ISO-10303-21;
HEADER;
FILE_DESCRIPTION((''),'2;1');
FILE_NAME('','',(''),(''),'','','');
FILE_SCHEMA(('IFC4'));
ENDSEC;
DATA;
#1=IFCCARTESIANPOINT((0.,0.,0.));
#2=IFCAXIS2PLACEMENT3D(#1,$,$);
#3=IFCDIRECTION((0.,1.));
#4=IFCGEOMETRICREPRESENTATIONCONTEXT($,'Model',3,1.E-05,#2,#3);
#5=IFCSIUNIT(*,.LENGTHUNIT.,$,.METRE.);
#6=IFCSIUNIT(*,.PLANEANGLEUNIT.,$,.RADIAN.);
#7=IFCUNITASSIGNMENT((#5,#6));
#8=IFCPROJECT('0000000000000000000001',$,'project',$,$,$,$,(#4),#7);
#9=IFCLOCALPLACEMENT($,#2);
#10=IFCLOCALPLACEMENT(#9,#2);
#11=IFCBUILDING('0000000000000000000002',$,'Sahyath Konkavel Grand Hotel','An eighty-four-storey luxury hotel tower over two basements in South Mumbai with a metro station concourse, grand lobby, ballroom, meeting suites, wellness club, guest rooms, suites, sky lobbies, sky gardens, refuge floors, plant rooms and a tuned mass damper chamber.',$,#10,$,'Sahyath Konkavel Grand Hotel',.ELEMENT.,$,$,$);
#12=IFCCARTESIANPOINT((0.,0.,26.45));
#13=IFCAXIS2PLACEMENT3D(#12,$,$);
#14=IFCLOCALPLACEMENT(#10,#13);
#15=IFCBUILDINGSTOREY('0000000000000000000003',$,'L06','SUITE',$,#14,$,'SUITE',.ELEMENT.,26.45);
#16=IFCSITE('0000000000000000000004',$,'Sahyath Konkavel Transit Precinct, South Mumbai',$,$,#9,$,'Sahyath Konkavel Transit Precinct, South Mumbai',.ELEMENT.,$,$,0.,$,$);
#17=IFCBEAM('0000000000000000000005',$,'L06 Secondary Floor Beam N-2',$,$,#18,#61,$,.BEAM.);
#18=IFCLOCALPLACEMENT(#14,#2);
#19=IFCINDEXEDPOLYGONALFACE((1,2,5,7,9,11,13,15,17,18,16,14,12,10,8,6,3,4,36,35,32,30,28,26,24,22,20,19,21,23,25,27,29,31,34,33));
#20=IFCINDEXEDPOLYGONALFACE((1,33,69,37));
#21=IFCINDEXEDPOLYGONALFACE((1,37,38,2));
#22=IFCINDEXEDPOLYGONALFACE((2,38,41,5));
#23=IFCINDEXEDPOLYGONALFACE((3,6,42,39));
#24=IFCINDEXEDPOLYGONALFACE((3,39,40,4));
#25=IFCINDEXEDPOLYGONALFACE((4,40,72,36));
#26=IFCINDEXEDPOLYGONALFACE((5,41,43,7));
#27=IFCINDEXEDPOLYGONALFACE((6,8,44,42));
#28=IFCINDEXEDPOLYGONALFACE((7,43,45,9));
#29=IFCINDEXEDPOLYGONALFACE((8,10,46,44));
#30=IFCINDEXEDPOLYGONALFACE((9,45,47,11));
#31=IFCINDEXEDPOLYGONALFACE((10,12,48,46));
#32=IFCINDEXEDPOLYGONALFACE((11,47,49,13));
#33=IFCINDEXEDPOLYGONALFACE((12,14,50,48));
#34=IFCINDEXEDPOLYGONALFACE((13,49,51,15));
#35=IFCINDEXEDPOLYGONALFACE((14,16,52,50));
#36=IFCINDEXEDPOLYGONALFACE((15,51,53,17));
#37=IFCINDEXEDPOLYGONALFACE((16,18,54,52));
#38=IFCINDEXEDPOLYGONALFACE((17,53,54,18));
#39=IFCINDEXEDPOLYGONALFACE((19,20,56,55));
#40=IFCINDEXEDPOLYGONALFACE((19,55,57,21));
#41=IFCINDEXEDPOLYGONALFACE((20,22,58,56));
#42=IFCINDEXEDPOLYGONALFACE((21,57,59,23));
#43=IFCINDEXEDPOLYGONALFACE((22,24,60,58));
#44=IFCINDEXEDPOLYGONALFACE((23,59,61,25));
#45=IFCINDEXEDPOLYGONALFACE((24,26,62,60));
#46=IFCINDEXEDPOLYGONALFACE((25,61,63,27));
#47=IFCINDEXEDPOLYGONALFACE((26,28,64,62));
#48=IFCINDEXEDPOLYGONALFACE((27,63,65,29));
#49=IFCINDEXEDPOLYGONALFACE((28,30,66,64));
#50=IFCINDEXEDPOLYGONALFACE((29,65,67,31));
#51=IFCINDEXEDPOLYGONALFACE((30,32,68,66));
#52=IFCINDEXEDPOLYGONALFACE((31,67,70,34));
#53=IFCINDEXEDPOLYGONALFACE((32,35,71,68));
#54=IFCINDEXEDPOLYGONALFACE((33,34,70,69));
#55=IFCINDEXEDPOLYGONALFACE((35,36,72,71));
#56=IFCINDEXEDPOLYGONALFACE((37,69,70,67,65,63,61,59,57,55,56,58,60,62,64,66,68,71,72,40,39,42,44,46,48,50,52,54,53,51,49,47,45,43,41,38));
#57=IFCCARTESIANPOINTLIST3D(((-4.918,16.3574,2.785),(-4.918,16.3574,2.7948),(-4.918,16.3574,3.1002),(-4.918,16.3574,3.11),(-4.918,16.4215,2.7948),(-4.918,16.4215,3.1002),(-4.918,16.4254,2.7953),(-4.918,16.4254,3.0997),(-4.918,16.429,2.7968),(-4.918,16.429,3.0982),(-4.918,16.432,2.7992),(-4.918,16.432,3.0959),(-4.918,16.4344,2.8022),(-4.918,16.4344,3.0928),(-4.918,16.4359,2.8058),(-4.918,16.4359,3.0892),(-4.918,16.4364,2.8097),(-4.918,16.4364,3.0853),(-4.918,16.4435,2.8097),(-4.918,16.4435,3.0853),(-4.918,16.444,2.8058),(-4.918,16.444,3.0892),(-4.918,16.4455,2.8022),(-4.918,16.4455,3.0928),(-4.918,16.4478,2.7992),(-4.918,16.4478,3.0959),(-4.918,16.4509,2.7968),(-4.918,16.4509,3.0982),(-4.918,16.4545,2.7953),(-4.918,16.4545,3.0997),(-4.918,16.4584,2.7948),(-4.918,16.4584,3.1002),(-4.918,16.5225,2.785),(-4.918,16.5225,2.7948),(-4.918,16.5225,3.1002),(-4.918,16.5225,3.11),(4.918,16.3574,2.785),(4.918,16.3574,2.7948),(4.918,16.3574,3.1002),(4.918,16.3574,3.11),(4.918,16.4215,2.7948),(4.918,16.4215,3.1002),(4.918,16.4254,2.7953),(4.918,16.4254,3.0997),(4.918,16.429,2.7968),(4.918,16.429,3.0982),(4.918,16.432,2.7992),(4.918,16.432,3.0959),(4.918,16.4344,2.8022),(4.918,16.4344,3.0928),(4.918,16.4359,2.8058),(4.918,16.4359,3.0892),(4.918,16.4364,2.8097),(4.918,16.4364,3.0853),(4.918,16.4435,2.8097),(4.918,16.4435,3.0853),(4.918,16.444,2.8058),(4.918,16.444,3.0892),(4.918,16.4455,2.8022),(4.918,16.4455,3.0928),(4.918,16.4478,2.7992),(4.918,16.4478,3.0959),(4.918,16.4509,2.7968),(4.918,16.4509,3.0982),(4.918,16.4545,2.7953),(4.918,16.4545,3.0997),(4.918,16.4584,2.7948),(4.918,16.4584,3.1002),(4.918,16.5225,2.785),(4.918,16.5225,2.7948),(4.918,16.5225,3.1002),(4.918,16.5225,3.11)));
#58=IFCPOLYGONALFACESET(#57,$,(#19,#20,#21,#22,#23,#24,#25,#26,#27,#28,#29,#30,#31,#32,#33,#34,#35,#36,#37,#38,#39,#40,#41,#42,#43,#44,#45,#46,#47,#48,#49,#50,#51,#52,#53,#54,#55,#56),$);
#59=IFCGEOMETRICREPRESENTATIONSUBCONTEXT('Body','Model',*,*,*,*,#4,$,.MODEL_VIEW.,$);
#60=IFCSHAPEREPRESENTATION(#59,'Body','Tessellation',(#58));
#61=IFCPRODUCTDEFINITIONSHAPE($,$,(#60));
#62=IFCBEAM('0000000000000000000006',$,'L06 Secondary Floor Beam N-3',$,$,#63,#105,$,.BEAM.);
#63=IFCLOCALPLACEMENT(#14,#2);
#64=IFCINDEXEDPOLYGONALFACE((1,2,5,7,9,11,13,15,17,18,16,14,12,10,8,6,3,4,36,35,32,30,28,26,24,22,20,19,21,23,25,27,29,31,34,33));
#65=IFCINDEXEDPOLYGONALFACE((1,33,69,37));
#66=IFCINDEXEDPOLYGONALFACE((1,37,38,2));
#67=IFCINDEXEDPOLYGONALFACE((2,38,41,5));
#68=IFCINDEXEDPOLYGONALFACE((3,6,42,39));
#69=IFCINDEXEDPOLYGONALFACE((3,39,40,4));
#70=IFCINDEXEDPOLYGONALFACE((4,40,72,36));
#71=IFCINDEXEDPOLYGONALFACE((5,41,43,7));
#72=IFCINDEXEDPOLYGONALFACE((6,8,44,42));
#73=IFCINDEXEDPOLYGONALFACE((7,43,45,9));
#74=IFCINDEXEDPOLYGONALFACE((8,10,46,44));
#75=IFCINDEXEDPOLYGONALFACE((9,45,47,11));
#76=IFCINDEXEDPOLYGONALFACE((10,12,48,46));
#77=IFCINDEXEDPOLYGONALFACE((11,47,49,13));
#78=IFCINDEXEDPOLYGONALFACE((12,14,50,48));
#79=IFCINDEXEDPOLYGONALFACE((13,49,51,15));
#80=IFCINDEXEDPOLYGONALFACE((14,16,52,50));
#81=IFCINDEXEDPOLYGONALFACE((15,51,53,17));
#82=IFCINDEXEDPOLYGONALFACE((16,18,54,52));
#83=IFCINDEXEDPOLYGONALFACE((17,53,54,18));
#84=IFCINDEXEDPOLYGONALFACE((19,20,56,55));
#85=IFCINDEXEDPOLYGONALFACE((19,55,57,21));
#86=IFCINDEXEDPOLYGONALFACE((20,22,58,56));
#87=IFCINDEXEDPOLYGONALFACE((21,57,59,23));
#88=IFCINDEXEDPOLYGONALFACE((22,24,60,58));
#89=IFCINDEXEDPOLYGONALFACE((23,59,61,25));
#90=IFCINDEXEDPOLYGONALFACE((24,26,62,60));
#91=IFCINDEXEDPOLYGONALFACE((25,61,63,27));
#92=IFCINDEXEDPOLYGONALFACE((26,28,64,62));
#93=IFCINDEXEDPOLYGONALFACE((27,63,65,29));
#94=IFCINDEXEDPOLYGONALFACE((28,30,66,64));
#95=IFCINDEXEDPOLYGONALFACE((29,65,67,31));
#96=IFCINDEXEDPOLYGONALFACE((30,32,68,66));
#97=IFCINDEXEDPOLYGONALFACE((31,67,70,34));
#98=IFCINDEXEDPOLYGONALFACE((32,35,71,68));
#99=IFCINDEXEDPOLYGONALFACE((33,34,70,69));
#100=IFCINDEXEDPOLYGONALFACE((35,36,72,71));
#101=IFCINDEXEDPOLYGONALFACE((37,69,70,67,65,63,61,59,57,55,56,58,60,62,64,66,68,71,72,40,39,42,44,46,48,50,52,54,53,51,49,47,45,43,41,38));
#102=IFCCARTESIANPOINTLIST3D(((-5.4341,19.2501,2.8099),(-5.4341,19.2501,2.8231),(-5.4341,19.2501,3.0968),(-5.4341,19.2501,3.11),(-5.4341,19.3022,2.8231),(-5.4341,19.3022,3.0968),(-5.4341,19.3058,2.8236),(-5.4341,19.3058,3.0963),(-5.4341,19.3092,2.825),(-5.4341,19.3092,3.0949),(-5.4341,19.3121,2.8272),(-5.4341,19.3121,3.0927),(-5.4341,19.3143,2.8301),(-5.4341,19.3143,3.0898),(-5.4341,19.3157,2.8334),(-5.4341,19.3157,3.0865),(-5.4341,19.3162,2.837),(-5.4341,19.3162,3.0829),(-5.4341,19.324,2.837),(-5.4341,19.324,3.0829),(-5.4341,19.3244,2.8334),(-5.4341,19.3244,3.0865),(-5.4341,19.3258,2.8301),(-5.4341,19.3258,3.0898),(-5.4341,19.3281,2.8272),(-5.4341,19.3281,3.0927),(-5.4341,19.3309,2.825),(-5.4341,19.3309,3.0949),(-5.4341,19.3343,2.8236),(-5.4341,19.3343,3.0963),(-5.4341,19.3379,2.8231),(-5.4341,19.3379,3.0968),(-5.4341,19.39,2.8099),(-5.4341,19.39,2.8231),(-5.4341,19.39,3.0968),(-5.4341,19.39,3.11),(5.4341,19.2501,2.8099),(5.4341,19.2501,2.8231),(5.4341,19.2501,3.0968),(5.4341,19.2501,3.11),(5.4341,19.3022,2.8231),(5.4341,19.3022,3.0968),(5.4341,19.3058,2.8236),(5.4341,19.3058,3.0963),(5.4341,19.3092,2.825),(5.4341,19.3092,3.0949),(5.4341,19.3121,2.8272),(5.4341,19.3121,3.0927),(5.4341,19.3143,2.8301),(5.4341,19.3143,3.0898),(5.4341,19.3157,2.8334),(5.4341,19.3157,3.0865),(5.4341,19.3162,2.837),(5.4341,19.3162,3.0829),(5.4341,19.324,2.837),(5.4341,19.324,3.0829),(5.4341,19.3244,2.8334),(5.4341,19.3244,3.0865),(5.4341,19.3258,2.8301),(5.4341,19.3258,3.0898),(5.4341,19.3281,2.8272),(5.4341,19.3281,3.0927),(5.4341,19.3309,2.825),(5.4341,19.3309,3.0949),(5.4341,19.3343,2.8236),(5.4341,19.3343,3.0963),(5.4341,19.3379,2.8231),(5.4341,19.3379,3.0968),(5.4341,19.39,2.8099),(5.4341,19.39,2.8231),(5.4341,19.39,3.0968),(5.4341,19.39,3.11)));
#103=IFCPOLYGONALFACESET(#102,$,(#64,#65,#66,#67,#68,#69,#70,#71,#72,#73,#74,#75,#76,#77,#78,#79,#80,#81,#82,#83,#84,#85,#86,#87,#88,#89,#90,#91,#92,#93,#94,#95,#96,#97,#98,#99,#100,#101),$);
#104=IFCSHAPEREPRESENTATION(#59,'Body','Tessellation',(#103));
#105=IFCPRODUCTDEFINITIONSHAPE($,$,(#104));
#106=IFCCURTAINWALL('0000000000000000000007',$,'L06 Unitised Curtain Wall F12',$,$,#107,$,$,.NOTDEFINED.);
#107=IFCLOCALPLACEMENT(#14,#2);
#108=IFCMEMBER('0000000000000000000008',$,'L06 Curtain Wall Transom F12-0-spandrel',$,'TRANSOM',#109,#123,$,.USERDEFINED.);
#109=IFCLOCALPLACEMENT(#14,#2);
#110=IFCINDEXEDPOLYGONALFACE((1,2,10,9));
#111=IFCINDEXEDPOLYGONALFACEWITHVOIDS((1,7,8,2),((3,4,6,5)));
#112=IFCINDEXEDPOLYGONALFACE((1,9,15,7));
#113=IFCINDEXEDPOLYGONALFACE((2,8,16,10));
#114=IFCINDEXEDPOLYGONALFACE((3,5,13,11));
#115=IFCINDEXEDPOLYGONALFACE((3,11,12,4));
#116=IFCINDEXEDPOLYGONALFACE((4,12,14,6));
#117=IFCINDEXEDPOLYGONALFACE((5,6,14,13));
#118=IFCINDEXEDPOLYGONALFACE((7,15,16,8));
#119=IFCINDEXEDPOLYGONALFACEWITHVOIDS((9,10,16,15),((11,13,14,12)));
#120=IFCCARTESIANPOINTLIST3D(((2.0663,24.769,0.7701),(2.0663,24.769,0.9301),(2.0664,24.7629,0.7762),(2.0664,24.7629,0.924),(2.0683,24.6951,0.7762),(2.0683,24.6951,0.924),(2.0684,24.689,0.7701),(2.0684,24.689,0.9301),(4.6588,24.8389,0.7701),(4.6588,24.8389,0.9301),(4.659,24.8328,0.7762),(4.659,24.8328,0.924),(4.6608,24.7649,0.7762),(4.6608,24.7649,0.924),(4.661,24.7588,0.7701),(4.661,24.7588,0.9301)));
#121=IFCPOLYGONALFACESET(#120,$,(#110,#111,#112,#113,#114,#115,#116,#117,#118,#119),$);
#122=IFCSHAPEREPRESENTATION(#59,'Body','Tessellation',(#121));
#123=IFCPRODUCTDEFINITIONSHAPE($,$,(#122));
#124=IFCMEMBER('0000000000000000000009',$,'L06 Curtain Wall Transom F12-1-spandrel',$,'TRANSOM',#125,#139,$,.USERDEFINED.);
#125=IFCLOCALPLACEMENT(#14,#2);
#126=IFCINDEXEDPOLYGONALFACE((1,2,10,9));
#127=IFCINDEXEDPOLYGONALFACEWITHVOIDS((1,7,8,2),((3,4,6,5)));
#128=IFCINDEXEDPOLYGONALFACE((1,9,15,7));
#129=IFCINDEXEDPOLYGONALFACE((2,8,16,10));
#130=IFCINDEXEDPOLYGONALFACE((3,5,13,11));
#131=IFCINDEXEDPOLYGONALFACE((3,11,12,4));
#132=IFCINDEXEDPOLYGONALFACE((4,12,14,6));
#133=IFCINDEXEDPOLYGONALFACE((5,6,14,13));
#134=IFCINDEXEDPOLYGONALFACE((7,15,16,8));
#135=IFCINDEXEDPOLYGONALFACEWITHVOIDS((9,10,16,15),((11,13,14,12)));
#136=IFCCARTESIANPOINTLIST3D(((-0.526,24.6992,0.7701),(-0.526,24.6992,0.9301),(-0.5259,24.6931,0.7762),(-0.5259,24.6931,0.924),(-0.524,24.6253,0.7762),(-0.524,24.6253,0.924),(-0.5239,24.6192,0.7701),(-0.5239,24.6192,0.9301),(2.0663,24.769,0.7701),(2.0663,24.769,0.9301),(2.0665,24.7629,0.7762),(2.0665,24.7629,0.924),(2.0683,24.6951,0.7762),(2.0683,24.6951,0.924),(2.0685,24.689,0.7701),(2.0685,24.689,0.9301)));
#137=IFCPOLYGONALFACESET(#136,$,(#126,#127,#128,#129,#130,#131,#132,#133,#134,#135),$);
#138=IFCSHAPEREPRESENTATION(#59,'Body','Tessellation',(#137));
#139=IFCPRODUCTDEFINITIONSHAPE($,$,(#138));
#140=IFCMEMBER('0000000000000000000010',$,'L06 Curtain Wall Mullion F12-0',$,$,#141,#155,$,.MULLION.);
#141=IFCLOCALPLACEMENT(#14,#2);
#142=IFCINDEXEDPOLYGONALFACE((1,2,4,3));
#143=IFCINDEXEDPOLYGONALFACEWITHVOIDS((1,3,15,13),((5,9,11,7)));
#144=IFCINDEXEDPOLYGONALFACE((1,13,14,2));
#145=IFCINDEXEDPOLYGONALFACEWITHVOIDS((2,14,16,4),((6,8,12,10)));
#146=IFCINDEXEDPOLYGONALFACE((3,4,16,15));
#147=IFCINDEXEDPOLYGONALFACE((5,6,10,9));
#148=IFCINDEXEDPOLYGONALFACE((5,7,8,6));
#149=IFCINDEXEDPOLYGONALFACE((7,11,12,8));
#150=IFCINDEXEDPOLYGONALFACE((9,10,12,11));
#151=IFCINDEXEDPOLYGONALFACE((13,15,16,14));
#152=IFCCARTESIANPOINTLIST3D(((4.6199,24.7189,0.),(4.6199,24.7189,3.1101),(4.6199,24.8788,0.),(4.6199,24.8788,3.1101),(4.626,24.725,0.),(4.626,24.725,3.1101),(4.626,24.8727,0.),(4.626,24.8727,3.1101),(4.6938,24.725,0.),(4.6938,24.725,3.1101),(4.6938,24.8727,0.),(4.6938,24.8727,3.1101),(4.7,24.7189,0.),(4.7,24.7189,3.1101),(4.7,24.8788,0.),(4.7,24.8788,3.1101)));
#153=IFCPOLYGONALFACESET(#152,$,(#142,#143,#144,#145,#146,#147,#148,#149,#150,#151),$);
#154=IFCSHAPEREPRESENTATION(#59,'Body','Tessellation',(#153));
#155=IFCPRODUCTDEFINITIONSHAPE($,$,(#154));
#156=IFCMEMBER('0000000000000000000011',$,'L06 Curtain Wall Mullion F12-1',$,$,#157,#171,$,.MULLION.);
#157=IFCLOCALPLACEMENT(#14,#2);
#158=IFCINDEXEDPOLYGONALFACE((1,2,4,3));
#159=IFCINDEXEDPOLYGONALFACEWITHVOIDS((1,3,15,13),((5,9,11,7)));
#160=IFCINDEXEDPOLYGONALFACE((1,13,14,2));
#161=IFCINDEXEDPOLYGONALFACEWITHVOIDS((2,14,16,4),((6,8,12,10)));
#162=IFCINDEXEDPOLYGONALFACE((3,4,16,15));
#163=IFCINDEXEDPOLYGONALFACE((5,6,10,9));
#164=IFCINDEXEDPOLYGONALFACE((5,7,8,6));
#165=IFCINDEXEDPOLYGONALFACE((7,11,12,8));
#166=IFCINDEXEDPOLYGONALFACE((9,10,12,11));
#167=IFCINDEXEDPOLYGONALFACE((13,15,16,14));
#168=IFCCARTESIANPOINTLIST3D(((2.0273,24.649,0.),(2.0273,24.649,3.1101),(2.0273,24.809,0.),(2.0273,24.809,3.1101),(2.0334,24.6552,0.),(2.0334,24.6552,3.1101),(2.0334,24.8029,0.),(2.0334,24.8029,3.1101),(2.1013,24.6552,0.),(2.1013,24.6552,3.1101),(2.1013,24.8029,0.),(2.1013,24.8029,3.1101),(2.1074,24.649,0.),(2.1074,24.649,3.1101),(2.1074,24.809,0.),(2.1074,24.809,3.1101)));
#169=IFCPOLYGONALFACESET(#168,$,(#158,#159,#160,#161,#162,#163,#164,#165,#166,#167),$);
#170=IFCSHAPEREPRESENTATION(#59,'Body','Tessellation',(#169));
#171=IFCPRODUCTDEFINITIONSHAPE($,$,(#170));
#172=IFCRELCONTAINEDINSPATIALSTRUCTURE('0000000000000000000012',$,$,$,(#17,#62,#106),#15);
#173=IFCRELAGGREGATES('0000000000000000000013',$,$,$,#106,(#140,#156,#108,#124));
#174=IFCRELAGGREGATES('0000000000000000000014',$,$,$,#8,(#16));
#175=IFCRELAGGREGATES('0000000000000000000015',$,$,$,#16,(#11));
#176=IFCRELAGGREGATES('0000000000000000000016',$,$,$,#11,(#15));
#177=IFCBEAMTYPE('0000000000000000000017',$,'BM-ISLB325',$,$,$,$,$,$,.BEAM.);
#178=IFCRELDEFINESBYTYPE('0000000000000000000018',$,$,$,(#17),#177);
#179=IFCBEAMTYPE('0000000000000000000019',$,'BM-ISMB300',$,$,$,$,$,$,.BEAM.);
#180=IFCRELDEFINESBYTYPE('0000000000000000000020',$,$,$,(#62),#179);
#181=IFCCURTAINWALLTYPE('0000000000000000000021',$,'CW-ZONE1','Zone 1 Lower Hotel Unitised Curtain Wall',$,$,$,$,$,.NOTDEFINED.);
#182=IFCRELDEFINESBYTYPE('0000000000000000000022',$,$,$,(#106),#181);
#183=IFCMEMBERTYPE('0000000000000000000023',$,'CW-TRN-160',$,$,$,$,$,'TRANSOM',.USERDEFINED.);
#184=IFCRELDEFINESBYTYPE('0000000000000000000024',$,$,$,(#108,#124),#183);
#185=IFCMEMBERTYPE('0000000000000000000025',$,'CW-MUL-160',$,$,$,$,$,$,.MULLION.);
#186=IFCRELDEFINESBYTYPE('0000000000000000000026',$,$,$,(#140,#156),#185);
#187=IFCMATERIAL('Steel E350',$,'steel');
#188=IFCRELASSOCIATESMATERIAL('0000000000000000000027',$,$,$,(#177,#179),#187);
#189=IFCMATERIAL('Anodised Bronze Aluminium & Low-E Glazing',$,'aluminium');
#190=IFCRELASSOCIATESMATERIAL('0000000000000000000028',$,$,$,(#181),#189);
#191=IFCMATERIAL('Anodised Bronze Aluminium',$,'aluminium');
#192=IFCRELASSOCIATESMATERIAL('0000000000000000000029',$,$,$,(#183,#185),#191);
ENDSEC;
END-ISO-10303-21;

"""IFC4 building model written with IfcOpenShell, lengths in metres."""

from ifc_helpers import new_model, si_unit, direction, frame, origin, origin_2d, place, context, subcontext, project, spatial, hollow_rectangle, i_section, extrude, source, transform, mapped, material, material_profile, profile_set, type_object, element, aggregate, save


model = new_model("IFC4")

# Units and contexts
model_context = context("Model", 3, precision=1e-05, world=origin(), true_north=direction((0.0, 1.0)))
body_context = subcontext(model_context, "Body", "Model", "MODEL_VIEW")
ifc_project = project(units=[si_unit("LENGTHUNIT", "METRE"), si_unit("PLANEANGLEUNIT", "RADIAN")], contexts=[model_context])

# Site, building, storey
site_placement = place(None, origin())
site = spatial("IfcSite", under=ifc_project, at=site_placement, Name="Sahyath Konkavel Transit Precinct, South Mumbai", LongName="Sahyath Konkavel Transit Precinct, South Mumbai", CompositionType="ELEMENT", RefElevation=0.0)
building_placement = place(site_placement, origin())
building = spatial("IfcBuilding", under=site, at=building_placement, Name="Sahyath Konkavel Grand Hotel", Description="An eighty-four-storey luxury hotel tower over two basements in South Mumbai with a metro station concourse, grand lobby, ballroom, meeting suites, wellness club, guest rooms, suites, sky lobbies, sky gardens, refuge floors, plant rooms and a tuned mass damper chamber.", LongName="Sahyath Konkavel Grand Hotel", CompositionType="ELEMENT")
storey_placement = place(building_placement, frame((0.0, 0.0, 26.45)))
storey = spatial("IfcBuildingStorey", under=building, at=storey_placement, Name="L06", Description="SUITE", LongName="SUITE", CompositionType="ELEMENT", Elevation=26.45)

# Beams
ifc_material_1 = material(Name="Steel E350", Category="steel")
ifc_material_profile_1 = material_profile(ifc_material_1, i_section(OverallWidth=0.165, OverallDepth=0.325, WebThickness=0.0071, FlangeThickness=0.0098, FilletRadius=0.0149, at=origin_2d()), Name="ISLB 325")
ifc_profile_set_1 = profile_set([ifc_material_profile_1], Name="Steel E350")
beam_type_1 = type_object("IfcBeamType", Name="BM-ISLB325", PredefinedType="BEAM", material=ifc_profile_set_1)
shared_shape_1 = source(origin(), body_context, "Body", "SweptSolid", [
    extrude(i_section(OverallWidth=0.165, OverallDepth=0.325, WebThickness=0.0071, FlangeThickness=0.0098, FilletRadius=0.0149, at=origin_2d()), origin(), (0.0, 0.0, 1.0), 9.8359),
])
beam_1_placement = place(storey_placement, frame((4.918, 16.4399, 2.9475), z_axis=(-1.0, 0.0, 0.0), x_axis=(0.0, -1.0, 0.0)))
element("IfcBeam", 1, at=beam_1_placement, inside=storey, type_object=beam_type_1, Name="L06 Secondary Floor Beam N-2", PredefinedType="BEAM", context=body_context, shape_type="MappedRepresentation", body=[
    mapped(shared_shape_1, transform((0.0, 0.0, 0.0), scale=1.0)),
])
ifc_material_profile_2 = material_profile(ifc_material_1, i_section(OverallWidth=0.1399, OverallDepth=0.3, WebThickness=0.0078, FlangeThickness=0.0132, FilletRadius=0.0139, at=origin_2d()), Name="ISMB 300")
ifc_profile_set_2 = profile_set([ifc_material_profile_2], Name="Steel E350")
beam_type_2 = type_object("IfcBeamType", Name="BM-ISMB300", PredefinedType="BEAM", material=ifc_profile_set_2)
shared_shape_2 = source(origin(), body_context, "Body", "SweptSolid", [
    extrude(i_section(OverallWidth=0.1399, OverallDepth=0.3, WebThickness=0.0078, FlangeThickness=0.0132, FilletRadius=0.0139, at=origin_2d()), origin(), (0.0, 0.0, 1.0), 10.8682),
])
beam_2_placement = place(storey_placement, frame((5.4341, 19.3201, 2.96), z_axis=(-1.0, 0.0, 0.0), x_axis=(0.0, -1.0, 0.0)))
element("IfcBeam", 2, at=beam_2_placement, inside=storey, type_object=beam_type_2, Name="L06 Secondary Floor Beam N-3", PredefinedType="BEAM", context=body_context, shape_type="MappedRepresentation", body=[
    mapped(shared_shape_2, transform((0.0, 0.0, 0.0), scale=1.0)),
])

# Curtain wall, members
ifc_material_2 = material(Name="Anodised Bronze Aluminium & Low-E Glazing", Category="aluminium")
curtain_wall_type = type_object("IfcCurtainWallType", Name="CW-ZONE1", Description="Zone 1 Lower Hotel Unitised Curtain Wall", PredefinedType="NOTDEFINED", material=ifc_material_2)
curtain_wall_placement = place(storey_placement, origin())
curtain_wall = element("IfcCurtainWall", 3, at=curtain_wall_placement, inside=storey, type_object=curtain_wall_type, Name="L06 Unitised Curtain Wall F12", PredefinedType="NOTDEFINED")
ifc_material_3 = material(Name="Anodised Bronze Aluminium", Category="aluminium")
ifc_material_profile_3 = material_profile(ifc_material_3, hollow_rectangle(XDim=0.0801, YDim=0.1599, WallThickness=0.0061, at=origin_2d()), Name="RHS 160x80x6")
ifc_profile_set_3 = profile_set([ifc_material_profile_3], Name="Anodised Bronze Aluminium")
member_type_1 = type_object("IfcMemberType", Name="CW-TRN-160", ElementType="TRANSOM", PredefinedType="USERDEFINED", material=ifc_profile_set_3)
shared_shape_3 = source(origin(), body_context, "Body", "SweptSolid", [
    extrude(hollow_rectangle(XDim=0.0801, YDim=0.1599, WallThickness=0.0061, at=origin_2d()), origin(), (0.0, 0.0, 1.0), 2.5935),
])
member_1_placement = place(storey_placement, frame((4.6599, 24.7988, 0.8501), z_axis=(-0.999638, -0.026923, 0.0), x_axis=(0.026923, -0.999638, 0.0)))
member_1 = element("IfcMember", 4, at=member_1_placement, type_object=member_type_1, Name="L06 Curtain Wall Transom F12-0-spandrel", ObjectType="TRANSOM", PredefinedType="USERDEFINED", context=body_context, shape_type="MappedRepresentation", body=[
    mapped(shared_shape_3, transform((0.0, 0.0, 0.0), scale=1.0)),
])
shared_shape_4 = source(origin(), body_context, "Body", "SweptSolid", [
    extrude(hollow_rectangle(XDim=0.0801, YDim=0.1599, WallThickness=0.0061, at=origin_2d()), origin(), (0.0, 0.0, 1.0), 2.5933),
])
member_2_placement = place(storey_placement, frame((2.0674, 24.729, 0.8501), z_axis=(-0.999637, -0.026926, 0.0), x_axis=(0.026926, -0.999637, 0.0)))
member_2 = element("IfcMember", 5, at=member_2_placement, type_object=member_type_1, Name="L06 Curtain Wall Transom F12-1-spandrel", ObjectType="TRANSOM", PredefinedType="USERDEFINED", context=body_context, shape_type="MappedRepresentation", body=[
    mapped(shared_shape_4, transform((0.0, 0.0, 0.0), scale=1.0)),
])
ifc_material_profile_4 = material_profile(ifc_material_3, hollow_rectangle(XDim=0.0801, YDim=0.1599, WallThickness=0.0061, at=origin_2d()), Name="RHS 160x80x6")
ifc_profile_set_4 = profile_set([ifc_material_profile_4], Name="Anodised Bronze Aluminium")
member_type_2 = type_object("IfcMemberType", Name="CW-MUL-160", PredefinedType="MULLION", material=ifc_profile_set_4)
shared_shape_5 = source(origin(), body_context, "Body", "SweptSolid", [
    extrude(hollow_rectangle(XDim=0.0801, YDim=0.1599, WallThickness=0.0061, at=origin_2d()), origin(), (0.0, 0.0, 1.0), 3.1101),
])
member_3_placement = place(storey_placement, frame((4.6599, 24.7988, 0.0), z_axis=(0.0, 0.0, 1.0), x_axis=(1.0, 0.0, 0.0)))
member_3 = element("IfcMember", 6, at=member_3_placement, type_object=member_type_2, Name="L06 Curtain Wall Mullion F12-0", PredefinedType="MULLION", context=body_context, shape_type="MappedRepresentation", body=[
    mapped(shared_shape_5, transform((0.0, 0.0, 0.0), scale=1.0)),
])
member_4_placement = place(storey_placement, frame((2.0674, 24.729, 0.0), z_axis=(0.0, 0.0, 1.0), x_axis=(1.0, 0.0, 0.0)))
member_4 = element("IfcMember", 7, at=member_4_placement, type_object=member_type_2, Name="L06 Curtain Wall Mullion F12-1", PredefinedType="MULLION", context=body_context, shape_type="MappedRepresentation", body=[
    mapped(shared_shape_5, transform((0.0, 0.0, 0.0), scale=1.0)),
])
aggregate(curtain_wall, [member_3, member_4, member_1, member_2])

save(model, "model.ifc")
